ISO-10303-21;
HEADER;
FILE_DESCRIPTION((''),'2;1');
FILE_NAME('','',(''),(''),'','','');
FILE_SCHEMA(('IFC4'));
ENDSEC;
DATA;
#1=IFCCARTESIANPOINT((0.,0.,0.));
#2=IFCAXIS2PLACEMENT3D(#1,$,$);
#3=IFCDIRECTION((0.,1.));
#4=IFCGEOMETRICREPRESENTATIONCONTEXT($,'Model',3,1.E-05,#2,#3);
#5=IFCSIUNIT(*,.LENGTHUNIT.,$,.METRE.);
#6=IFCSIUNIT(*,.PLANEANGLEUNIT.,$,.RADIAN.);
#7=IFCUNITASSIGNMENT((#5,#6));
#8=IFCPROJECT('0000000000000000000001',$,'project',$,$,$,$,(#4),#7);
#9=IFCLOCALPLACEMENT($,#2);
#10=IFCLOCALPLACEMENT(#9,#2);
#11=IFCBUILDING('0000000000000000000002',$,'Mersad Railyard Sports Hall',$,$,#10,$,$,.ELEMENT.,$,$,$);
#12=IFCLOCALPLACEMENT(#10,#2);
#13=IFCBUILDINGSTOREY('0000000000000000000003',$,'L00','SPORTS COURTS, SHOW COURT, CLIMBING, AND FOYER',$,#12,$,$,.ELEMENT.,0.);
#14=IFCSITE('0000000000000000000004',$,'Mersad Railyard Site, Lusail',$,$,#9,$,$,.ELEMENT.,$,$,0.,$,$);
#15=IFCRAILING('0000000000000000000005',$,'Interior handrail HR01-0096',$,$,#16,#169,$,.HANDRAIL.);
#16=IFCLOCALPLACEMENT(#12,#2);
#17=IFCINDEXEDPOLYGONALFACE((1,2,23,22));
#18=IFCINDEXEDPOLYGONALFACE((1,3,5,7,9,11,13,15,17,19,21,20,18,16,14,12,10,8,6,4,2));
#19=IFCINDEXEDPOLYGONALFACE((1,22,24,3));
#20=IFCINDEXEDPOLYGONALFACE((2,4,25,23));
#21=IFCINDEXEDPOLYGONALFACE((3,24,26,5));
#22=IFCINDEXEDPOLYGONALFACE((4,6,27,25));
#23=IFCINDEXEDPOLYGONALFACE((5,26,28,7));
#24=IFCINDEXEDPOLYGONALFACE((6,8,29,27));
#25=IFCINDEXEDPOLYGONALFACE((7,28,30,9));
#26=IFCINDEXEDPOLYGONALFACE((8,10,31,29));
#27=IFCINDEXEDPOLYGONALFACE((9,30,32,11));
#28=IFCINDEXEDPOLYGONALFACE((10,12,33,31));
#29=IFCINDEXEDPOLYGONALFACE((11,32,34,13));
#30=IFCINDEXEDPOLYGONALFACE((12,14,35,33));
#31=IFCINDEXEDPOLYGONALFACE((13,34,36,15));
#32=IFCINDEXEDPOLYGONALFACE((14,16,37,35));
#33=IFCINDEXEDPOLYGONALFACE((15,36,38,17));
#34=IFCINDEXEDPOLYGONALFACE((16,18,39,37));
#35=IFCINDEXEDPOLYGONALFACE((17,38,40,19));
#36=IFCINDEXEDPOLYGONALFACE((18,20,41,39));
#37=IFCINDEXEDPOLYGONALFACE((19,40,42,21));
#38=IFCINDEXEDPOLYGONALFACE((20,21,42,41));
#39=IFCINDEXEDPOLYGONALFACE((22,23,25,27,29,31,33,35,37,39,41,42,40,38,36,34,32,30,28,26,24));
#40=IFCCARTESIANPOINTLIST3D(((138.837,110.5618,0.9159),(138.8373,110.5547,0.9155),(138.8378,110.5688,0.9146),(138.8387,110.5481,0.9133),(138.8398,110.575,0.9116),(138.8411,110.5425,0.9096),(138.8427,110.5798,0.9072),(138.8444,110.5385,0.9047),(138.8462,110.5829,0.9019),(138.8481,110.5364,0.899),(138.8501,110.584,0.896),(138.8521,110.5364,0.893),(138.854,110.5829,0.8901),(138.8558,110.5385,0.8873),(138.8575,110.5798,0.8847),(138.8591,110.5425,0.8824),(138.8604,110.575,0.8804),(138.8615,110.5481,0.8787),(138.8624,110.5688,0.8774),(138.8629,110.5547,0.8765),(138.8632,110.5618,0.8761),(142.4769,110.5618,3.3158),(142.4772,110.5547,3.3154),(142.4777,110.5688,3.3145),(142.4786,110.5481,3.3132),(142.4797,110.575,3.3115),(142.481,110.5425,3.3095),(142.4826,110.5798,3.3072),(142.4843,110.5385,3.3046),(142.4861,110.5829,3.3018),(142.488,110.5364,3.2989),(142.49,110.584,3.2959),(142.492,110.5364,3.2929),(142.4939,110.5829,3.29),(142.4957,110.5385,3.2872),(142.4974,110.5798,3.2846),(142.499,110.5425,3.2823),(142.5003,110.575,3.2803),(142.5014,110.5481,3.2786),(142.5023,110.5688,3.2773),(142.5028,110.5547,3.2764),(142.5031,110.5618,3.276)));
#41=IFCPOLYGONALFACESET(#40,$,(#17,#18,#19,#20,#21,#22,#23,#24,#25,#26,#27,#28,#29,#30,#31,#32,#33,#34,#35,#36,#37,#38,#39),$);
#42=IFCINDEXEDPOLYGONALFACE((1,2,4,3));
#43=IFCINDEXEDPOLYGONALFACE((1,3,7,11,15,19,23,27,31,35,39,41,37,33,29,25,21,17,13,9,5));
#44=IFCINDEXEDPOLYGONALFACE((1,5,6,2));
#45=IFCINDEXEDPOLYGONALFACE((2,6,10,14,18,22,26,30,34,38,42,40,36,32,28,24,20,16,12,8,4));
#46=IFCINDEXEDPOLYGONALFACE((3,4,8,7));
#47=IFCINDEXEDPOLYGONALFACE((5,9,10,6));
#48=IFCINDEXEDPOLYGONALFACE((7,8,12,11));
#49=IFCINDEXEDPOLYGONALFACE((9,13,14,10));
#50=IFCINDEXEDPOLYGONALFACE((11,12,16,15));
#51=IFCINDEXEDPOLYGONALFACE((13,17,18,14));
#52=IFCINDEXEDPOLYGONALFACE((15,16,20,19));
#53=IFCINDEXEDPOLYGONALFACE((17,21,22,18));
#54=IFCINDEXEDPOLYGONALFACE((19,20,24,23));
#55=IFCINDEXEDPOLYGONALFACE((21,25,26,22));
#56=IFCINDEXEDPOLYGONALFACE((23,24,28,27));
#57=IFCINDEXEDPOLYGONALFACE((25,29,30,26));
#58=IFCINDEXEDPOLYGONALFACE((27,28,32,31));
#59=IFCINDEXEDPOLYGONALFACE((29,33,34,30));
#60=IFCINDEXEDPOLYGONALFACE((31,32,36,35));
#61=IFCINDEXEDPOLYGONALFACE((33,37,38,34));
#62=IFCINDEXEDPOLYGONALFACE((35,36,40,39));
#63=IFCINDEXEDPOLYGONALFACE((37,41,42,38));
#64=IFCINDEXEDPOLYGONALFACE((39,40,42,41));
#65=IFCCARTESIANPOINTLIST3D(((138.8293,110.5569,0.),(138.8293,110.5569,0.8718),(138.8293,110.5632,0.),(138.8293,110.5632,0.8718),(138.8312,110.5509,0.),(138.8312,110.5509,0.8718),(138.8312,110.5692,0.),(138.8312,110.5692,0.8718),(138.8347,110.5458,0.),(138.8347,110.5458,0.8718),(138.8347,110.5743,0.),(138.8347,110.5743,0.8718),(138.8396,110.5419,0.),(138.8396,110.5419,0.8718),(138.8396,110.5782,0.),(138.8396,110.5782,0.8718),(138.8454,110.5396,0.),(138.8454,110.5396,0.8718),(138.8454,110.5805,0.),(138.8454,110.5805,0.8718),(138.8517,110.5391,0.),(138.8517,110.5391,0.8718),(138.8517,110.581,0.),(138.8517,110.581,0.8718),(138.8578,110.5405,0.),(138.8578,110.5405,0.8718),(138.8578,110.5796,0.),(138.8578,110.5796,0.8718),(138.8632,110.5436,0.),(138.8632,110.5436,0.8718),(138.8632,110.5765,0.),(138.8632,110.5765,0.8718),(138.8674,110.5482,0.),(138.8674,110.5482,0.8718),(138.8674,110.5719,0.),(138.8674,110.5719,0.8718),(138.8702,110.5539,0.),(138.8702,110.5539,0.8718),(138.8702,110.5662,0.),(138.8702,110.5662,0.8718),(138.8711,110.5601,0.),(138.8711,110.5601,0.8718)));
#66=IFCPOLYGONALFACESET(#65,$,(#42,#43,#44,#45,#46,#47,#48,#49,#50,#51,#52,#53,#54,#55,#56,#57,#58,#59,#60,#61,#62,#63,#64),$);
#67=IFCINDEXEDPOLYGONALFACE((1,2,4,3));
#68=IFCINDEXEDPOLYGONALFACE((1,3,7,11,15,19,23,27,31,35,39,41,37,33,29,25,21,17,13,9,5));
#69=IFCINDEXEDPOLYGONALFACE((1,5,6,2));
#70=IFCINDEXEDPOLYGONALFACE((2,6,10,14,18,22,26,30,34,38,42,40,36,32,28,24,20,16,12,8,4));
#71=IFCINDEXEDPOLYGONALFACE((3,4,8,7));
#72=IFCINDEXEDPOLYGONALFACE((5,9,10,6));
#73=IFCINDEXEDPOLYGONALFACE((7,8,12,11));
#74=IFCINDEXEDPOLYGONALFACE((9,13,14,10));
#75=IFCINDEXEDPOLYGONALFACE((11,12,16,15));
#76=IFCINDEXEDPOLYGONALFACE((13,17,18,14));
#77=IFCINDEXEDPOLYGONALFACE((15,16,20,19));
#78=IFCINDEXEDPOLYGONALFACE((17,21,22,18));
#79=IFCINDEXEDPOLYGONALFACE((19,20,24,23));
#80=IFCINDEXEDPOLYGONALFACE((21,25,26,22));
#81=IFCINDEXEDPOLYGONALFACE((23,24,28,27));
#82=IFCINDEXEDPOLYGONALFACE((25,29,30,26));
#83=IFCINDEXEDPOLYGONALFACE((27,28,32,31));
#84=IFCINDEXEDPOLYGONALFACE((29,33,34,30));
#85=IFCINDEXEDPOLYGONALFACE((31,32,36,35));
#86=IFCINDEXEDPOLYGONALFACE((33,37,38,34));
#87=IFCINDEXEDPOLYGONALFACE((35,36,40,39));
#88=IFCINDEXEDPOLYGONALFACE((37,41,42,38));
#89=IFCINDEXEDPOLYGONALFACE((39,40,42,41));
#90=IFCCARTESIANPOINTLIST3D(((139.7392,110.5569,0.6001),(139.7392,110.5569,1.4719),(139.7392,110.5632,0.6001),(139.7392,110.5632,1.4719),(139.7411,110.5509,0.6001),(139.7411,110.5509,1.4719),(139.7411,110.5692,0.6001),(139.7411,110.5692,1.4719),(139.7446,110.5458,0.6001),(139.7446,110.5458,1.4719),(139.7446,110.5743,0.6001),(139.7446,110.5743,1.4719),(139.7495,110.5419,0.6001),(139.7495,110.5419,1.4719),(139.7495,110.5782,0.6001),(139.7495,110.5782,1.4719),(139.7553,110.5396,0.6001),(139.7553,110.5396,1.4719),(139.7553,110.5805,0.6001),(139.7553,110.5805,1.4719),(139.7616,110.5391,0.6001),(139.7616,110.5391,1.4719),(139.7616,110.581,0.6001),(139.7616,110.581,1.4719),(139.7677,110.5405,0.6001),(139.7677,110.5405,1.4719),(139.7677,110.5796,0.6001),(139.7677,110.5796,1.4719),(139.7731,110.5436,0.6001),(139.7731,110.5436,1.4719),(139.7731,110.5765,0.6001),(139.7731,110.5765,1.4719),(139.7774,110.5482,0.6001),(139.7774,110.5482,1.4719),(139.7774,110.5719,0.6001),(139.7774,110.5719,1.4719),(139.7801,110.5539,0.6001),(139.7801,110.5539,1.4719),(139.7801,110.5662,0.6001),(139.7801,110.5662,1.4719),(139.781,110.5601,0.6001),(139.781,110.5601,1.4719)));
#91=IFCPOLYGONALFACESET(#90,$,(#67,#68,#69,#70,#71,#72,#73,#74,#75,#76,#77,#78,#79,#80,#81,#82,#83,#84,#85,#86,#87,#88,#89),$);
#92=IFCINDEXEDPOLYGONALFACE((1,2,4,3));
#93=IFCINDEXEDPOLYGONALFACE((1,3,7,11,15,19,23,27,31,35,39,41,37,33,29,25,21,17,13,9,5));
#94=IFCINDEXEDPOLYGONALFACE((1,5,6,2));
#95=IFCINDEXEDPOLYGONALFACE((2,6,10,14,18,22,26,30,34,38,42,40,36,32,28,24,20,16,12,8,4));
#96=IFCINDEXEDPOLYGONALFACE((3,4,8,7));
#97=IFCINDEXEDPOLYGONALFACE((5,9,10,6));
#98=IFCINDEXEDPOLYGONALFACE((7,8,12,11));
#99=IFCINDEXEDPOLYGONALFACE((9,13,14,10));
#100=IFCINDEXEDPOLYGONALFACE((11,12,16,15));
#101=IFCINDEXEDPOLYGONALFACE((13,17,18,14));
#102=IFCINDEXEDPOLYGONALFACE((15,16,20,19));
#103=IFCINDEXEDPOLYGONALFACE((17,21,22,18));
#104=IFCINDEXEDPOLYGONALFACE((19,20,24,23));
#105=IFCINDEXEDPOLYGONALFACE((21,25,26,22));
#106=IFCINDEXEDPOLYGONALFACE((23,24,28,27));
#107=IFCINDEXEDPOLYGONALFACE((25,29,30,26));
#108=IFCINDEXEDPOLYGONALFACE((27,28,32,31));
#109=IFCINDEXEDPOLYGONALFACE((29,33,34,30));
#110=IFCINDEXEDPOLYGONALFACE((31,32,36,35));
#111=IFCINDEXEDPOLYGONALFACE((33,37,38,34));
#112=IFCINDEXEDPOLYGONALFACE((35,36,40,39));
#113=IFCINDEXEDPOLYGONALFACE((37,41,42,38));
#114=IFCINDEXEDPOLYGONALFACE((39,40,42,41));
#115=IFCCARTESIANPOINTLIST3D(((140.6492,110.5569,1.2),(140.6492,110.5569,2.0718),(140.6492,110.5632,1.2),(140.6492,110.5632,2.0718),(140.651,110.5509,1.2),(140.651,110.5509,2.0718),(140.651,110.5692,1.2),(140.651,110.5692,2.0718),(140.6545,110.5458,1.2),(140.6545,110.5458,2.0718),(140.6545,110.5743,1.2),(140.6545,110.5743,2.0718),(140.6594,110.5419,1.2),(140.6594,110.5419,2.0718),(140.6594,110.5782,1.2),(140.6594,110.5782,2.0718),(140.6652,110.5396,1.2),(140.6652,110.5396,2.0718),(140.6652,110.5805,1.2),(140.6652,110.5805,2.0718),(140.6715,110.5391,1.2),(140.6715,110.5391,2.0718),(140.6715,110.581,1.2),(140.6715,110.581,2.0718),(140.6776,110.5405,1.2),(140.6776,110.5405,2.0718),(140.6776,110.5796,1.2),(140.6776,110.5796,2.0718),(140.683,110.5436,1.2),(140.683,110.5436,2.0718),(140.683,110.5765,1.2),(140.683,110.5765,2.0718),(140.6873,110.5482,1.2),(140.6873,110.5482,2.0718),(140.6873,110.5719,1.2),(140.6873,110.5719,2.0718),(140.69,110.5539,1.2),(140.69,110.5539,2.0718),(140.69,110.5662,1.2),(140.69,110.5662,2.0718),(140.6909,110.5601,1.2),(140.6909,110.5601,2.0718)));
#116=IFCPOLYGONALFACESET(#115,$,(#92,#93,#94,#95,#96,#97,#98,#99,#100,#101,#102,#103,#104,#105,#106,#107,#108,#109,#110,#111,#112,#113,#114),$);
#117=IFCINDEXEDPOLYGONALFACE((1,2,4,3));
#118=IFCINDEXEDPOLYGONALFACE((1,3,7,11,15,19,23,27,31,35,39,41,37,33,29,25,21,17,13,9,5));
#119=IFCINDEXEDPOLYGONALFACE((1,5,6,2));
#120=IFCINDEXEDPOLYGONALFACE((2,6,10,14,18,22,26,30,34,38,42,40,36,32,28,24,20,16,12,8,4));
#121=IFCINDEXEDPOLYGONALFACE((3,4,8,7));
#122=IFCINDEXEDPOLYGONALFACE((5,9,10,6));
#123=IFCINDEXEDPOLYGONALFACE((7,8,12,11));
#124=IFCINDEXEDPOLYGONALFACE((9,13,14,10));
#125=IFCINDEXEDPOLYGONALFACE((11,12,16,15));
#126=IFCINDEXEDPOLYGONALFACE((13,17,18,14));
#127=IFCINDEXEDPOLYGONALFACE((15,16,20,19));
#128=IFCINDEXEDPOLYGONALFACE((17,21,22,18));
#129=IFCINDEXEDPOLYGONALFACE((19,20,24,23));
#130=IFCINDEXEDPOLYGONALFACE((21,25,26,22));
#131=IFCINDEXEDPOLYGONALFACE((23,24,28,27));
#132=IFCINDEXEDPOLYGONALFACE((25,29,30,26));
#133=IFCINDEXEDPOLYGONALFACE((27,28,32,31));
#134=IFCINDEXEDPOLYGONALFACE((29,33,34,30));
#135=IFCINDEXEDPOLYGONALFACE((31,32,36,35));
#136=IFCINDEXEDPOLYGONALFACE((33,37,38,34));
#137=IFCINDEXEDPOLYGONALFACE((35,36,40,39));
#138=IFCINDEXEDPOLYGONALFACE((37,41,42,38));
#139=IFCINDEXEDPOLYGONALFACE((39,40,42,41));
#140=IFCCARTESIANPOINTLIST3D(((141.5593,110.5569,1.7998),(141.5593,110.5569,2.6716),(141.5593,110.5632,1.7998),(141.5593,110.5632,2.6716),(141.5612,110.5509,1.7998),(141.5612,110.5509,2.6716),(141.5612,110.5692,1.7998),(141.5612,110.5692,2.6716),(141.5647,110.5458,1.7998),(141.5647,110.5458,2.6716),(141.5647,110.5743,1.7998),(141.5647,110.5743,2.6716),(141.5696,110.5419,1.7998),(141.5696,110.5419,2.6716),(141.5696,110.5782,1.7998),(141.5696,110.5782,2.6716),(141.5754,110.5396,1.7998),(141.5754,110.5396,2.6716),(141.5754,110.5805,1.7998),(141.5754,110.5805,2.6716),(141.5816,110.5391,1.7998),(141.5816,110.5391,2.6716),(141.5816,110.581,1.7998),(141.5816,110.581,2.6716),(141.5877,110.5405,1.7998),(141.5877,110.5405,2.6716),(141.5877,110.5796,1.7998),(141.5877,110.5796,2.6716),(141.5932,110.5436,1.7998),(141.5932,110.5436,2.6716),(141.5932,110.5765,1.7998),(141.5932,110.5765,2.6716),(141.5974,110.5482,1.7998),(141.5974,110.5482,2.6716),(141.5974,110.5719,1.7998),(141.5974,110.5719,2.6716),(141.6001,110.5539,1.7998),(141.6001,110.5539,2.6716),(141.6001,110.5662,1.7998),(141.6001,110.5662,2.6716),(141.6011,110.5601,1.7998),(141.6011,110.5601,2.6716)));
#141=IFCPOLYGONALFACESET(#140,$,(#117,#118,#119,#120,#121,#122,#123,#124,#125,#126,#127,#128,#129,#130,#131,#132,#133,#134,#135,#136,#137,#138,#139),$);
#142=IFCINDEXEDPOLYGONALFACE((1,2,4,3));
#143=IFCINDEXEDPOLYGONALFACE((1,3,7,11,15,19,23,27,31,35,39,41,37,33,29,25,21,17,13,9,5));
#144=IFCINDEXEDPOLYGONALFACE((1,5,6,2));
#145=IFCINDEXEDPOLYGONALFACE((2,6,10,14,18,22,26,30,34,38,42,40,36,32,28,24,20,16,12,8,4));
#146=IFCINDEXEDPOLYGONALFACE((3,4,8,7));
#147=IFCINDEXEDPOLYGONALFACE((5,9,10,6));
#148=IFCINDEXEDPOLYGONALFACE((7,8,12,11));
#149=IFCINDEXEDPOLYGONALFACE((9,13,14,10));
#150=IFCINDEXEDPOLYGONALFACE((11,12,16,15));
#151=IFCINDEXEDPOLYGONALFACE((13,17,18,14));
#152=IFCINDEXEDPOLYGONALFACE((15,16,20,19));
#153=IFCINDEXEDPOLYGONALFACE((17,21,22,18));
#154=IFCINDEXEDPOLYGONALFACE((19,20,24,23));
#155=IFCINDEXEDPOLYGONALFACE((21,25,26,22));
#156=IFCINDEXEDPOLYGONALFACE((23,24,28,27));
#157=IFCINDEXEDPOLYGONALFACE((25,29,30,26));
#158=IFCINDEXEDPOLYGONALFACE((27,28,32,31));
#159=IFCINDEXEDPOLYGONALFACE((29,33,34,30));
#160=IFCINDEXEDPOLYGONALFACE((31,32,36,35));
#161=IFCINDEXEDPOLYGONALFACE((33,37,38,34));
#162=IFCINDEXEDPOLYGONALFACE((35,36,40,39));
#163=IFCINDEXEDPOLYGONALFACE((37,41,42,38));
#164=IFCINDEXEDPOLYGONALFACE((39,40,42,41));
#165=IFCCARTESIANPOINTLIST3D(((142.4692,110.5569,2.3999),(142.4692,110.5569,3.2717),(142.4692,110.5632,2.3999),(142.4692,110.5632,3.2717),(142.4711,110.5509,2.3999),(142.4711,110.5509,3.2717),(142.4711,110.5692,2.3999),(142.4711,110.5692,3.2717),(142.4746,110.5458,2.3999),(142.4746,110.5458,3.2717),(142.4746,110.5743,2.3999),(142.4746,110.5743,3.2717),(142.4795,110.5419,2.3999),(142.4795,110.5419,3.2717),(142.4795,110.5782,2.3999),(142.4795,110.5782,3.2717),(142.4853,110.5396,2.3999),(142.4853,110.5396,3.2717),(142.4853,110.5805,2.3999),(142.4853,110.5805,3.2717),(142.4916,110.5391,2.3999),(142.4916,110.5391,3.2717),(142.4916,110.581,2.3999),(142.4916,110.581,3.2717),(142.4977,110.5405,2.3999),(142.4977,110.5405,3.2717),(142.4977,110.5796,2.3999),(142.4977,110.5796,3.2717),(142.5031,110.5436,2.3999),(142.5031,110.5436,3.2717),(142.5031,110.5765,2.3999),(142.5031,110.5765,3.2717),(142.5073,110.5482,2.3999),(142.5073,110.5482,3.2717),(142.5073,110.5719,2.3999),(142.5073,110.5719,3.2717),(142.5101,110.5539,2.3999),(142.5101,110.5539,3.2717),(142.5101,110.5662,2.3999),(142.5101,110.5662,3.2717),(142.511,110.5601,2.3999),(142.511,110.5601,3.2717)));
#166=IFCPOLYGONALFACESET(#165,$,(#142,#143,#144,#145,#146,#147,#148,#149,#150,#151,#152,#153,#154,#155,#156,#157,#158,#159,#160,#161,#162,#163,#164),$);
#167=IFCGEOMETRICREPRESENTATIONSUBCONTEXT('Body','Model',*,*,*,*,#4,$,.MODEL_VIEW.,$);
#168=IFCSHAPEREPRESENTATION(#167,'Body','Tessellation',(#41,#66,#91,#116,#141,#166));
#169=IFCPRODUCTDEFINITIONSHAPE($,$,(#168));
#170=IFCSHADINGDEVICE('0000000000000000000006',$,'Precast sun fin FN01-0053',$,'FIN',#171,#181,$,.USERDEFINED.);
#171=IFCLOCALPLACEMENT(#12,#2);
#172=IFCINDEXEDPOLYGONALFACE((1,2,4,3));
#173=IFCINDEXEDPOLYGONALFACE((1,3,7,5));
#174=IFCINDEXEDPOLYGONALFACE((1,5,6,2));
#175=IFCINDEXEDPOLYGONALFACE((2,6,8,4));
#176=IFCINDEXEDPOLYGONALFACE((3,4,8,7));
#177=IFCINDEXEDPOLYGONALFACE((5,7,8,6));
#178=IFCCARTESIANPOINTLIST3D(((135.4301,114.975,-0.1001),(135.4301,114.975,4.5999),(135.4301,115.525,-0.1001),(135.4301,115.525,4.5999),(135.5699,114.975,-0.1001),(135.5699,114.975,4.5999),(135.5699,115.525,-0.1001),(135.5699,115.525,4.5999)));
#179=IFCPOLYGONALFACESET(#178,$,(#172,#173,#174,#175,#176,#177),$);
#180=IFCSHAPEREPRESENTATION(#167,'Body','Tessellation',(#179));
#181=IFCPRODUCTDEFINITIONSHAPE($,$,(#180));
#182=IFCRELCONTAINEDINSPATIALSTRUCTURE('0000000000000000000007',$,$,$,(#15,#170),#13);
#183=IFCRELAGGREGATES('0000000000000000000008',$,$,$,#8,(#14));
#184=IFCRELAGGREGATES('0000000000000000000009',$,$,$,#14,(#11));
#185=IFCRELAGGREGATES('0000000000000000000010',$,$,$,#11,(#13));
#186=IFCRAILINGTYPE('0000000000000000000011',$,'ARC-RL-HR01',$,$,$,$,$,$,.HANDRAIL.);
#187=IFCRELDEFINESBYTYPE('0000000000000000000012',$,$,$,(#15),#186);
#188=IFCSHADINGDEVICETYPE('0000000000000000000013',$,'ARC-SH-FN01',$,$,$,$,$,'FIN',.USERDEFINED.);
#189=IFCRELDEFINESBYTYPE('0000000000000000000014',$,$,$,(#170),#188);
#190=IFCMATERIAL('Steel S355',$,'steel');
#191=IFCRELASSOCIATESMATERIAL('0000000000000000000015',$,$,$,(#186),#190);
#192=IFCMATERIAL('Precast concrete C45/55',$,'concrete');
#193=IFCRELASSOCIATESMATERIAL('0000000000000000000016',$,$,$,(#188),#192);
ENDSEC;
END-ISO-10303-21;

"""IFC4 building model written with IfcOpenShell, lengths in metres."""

from ifc_helpers import new_model, si_unit, direction, frame, origin, origin_2d, place, context, subcontext, project, spatial, rectangle, circle, extrude, material, type_object, element, save


model = new_model("IFC4")

# Units and contexts
model_context = context("Model", 3, precision=1e-05, world=origin(), true_north=direction((0.0, 1.0)))
body_context = subcontext(model_context, "Body", "Model", "MODEL_VIEW")
ifc_project = project(units=[si_unit("LENGTHUNIT", "METRE"), si_unit("PLANEANGLEUNIT", "RADIAN")], contexts=[model_context])

# Site, building, storey
site_placement = place(None, origin())
site = spatial("IfcSite", under=ifc_project, at=site_placement, Name="Mersad Railyard Site, Lusail", CompositionType="ELEMENT", RefElevation=0.0)
building_placement = place(site_placement, origin())
building = spatial("IfcBuilding", under=site, at=building_placement, Name="Mersad Railyard Sports Hall", CompositionType="ELEMENT")
storey_placement = place(building_placement, origin())
storey = spatial("IfcBuildingStorey", under=building, at=storey_placement, Name="L00", Description="SPORTS COURTS, SHOW COURT, CLIMBING, AND FOYER", CompositionType="ELEMENT", Elevation=0.0)

# Shared definitions
ifc_material_1 = material(Name="Steel S355", Category="steel")

# Shared definitions
ifc_material_2 = material(Name="Precast concrete C45/55", Category="concrete")

# Railing
railing_type_1 = type_object("IfcRailingType", Name="ARC-RL-HR01", PredefinedType="HANDRAIL", material=ifc_material_1)
railing_1_placement = place(storey_placement, frame((138.8501, 110.5601, 0.0)))
element("IfcRailing", 1, at=railing_1_placement, inside=storey, type_object=railing_type_1, Name="Interior handrail HR01-0096", PredefinedType="HANDRAIL", context=body_context, shape_type="SweptSolid", body=[
    extrude(circle(Radius=0.0239, at=origin_2d()), frame((0.0, 0.0, 0.896), z_axis=(0.834865, 0.0, 0.550454), x_axis=(0.0, 1.0, 0.0)), (0.0, 0.0, 1.0), 4.3599),
    extrude(circle(Radius=0.021, at=origin_2d()), origin(), (0.0, 0.0, 1.0), 0.8718),
    extrude(circle(Radius=0.021, at=origin_2d()), frame((0.9099, 0.0, 0.6001)), (0.0, 0.0, 1.0), 0.8718),
    extrude(circle(Radius=0.021, at=origin_2d()), frame((1.8198, 0.0, 1.2)), (0.0, 0.0, 1.0), 0.8718),
    extrude(circle(Radius=0.021, at=origin_2d()), frame((2.73, 0.0, 1.7998)), (0.0, 0.0, 1.0), 0.8718),
    extrude(circle(Radius=0.021, at=origin_2d()), frame((3.6399, 0.0, 2.3999)), (0.0, 0.0, 1.0), 0.8718),
])

# Shading device
shading_device_type = type_object("IfcShadingDeviceType", Name="ARC-SH-FN01", ElementType="FIN", PredefinedType="USERDEFINED", material=ifc_material_2)
shading_device_placement = place(storey_placement, frame((135.5, 115.25, -0.1001), z_axis=(0.0, 0.0, 1.0), x_axis=(1.0, 0.0, 0.0)))
element("IfcShadingDevice", 2, at=shading_device_placement, inside=storey, type_object=shading_device_type, Name="Precast sun fin FN01-0053", ObjectType="FIN", PredefinedType="USERDEFINED", context=body_context, shape_type="SweptSolid", body=[
    extrude(rectangle(XDim=0.1399, YDim=0.55, at=origin_2d()), origin(), (0.0, 0.0, 1.0), 4.7),
])

save(model, "model.ifc")
